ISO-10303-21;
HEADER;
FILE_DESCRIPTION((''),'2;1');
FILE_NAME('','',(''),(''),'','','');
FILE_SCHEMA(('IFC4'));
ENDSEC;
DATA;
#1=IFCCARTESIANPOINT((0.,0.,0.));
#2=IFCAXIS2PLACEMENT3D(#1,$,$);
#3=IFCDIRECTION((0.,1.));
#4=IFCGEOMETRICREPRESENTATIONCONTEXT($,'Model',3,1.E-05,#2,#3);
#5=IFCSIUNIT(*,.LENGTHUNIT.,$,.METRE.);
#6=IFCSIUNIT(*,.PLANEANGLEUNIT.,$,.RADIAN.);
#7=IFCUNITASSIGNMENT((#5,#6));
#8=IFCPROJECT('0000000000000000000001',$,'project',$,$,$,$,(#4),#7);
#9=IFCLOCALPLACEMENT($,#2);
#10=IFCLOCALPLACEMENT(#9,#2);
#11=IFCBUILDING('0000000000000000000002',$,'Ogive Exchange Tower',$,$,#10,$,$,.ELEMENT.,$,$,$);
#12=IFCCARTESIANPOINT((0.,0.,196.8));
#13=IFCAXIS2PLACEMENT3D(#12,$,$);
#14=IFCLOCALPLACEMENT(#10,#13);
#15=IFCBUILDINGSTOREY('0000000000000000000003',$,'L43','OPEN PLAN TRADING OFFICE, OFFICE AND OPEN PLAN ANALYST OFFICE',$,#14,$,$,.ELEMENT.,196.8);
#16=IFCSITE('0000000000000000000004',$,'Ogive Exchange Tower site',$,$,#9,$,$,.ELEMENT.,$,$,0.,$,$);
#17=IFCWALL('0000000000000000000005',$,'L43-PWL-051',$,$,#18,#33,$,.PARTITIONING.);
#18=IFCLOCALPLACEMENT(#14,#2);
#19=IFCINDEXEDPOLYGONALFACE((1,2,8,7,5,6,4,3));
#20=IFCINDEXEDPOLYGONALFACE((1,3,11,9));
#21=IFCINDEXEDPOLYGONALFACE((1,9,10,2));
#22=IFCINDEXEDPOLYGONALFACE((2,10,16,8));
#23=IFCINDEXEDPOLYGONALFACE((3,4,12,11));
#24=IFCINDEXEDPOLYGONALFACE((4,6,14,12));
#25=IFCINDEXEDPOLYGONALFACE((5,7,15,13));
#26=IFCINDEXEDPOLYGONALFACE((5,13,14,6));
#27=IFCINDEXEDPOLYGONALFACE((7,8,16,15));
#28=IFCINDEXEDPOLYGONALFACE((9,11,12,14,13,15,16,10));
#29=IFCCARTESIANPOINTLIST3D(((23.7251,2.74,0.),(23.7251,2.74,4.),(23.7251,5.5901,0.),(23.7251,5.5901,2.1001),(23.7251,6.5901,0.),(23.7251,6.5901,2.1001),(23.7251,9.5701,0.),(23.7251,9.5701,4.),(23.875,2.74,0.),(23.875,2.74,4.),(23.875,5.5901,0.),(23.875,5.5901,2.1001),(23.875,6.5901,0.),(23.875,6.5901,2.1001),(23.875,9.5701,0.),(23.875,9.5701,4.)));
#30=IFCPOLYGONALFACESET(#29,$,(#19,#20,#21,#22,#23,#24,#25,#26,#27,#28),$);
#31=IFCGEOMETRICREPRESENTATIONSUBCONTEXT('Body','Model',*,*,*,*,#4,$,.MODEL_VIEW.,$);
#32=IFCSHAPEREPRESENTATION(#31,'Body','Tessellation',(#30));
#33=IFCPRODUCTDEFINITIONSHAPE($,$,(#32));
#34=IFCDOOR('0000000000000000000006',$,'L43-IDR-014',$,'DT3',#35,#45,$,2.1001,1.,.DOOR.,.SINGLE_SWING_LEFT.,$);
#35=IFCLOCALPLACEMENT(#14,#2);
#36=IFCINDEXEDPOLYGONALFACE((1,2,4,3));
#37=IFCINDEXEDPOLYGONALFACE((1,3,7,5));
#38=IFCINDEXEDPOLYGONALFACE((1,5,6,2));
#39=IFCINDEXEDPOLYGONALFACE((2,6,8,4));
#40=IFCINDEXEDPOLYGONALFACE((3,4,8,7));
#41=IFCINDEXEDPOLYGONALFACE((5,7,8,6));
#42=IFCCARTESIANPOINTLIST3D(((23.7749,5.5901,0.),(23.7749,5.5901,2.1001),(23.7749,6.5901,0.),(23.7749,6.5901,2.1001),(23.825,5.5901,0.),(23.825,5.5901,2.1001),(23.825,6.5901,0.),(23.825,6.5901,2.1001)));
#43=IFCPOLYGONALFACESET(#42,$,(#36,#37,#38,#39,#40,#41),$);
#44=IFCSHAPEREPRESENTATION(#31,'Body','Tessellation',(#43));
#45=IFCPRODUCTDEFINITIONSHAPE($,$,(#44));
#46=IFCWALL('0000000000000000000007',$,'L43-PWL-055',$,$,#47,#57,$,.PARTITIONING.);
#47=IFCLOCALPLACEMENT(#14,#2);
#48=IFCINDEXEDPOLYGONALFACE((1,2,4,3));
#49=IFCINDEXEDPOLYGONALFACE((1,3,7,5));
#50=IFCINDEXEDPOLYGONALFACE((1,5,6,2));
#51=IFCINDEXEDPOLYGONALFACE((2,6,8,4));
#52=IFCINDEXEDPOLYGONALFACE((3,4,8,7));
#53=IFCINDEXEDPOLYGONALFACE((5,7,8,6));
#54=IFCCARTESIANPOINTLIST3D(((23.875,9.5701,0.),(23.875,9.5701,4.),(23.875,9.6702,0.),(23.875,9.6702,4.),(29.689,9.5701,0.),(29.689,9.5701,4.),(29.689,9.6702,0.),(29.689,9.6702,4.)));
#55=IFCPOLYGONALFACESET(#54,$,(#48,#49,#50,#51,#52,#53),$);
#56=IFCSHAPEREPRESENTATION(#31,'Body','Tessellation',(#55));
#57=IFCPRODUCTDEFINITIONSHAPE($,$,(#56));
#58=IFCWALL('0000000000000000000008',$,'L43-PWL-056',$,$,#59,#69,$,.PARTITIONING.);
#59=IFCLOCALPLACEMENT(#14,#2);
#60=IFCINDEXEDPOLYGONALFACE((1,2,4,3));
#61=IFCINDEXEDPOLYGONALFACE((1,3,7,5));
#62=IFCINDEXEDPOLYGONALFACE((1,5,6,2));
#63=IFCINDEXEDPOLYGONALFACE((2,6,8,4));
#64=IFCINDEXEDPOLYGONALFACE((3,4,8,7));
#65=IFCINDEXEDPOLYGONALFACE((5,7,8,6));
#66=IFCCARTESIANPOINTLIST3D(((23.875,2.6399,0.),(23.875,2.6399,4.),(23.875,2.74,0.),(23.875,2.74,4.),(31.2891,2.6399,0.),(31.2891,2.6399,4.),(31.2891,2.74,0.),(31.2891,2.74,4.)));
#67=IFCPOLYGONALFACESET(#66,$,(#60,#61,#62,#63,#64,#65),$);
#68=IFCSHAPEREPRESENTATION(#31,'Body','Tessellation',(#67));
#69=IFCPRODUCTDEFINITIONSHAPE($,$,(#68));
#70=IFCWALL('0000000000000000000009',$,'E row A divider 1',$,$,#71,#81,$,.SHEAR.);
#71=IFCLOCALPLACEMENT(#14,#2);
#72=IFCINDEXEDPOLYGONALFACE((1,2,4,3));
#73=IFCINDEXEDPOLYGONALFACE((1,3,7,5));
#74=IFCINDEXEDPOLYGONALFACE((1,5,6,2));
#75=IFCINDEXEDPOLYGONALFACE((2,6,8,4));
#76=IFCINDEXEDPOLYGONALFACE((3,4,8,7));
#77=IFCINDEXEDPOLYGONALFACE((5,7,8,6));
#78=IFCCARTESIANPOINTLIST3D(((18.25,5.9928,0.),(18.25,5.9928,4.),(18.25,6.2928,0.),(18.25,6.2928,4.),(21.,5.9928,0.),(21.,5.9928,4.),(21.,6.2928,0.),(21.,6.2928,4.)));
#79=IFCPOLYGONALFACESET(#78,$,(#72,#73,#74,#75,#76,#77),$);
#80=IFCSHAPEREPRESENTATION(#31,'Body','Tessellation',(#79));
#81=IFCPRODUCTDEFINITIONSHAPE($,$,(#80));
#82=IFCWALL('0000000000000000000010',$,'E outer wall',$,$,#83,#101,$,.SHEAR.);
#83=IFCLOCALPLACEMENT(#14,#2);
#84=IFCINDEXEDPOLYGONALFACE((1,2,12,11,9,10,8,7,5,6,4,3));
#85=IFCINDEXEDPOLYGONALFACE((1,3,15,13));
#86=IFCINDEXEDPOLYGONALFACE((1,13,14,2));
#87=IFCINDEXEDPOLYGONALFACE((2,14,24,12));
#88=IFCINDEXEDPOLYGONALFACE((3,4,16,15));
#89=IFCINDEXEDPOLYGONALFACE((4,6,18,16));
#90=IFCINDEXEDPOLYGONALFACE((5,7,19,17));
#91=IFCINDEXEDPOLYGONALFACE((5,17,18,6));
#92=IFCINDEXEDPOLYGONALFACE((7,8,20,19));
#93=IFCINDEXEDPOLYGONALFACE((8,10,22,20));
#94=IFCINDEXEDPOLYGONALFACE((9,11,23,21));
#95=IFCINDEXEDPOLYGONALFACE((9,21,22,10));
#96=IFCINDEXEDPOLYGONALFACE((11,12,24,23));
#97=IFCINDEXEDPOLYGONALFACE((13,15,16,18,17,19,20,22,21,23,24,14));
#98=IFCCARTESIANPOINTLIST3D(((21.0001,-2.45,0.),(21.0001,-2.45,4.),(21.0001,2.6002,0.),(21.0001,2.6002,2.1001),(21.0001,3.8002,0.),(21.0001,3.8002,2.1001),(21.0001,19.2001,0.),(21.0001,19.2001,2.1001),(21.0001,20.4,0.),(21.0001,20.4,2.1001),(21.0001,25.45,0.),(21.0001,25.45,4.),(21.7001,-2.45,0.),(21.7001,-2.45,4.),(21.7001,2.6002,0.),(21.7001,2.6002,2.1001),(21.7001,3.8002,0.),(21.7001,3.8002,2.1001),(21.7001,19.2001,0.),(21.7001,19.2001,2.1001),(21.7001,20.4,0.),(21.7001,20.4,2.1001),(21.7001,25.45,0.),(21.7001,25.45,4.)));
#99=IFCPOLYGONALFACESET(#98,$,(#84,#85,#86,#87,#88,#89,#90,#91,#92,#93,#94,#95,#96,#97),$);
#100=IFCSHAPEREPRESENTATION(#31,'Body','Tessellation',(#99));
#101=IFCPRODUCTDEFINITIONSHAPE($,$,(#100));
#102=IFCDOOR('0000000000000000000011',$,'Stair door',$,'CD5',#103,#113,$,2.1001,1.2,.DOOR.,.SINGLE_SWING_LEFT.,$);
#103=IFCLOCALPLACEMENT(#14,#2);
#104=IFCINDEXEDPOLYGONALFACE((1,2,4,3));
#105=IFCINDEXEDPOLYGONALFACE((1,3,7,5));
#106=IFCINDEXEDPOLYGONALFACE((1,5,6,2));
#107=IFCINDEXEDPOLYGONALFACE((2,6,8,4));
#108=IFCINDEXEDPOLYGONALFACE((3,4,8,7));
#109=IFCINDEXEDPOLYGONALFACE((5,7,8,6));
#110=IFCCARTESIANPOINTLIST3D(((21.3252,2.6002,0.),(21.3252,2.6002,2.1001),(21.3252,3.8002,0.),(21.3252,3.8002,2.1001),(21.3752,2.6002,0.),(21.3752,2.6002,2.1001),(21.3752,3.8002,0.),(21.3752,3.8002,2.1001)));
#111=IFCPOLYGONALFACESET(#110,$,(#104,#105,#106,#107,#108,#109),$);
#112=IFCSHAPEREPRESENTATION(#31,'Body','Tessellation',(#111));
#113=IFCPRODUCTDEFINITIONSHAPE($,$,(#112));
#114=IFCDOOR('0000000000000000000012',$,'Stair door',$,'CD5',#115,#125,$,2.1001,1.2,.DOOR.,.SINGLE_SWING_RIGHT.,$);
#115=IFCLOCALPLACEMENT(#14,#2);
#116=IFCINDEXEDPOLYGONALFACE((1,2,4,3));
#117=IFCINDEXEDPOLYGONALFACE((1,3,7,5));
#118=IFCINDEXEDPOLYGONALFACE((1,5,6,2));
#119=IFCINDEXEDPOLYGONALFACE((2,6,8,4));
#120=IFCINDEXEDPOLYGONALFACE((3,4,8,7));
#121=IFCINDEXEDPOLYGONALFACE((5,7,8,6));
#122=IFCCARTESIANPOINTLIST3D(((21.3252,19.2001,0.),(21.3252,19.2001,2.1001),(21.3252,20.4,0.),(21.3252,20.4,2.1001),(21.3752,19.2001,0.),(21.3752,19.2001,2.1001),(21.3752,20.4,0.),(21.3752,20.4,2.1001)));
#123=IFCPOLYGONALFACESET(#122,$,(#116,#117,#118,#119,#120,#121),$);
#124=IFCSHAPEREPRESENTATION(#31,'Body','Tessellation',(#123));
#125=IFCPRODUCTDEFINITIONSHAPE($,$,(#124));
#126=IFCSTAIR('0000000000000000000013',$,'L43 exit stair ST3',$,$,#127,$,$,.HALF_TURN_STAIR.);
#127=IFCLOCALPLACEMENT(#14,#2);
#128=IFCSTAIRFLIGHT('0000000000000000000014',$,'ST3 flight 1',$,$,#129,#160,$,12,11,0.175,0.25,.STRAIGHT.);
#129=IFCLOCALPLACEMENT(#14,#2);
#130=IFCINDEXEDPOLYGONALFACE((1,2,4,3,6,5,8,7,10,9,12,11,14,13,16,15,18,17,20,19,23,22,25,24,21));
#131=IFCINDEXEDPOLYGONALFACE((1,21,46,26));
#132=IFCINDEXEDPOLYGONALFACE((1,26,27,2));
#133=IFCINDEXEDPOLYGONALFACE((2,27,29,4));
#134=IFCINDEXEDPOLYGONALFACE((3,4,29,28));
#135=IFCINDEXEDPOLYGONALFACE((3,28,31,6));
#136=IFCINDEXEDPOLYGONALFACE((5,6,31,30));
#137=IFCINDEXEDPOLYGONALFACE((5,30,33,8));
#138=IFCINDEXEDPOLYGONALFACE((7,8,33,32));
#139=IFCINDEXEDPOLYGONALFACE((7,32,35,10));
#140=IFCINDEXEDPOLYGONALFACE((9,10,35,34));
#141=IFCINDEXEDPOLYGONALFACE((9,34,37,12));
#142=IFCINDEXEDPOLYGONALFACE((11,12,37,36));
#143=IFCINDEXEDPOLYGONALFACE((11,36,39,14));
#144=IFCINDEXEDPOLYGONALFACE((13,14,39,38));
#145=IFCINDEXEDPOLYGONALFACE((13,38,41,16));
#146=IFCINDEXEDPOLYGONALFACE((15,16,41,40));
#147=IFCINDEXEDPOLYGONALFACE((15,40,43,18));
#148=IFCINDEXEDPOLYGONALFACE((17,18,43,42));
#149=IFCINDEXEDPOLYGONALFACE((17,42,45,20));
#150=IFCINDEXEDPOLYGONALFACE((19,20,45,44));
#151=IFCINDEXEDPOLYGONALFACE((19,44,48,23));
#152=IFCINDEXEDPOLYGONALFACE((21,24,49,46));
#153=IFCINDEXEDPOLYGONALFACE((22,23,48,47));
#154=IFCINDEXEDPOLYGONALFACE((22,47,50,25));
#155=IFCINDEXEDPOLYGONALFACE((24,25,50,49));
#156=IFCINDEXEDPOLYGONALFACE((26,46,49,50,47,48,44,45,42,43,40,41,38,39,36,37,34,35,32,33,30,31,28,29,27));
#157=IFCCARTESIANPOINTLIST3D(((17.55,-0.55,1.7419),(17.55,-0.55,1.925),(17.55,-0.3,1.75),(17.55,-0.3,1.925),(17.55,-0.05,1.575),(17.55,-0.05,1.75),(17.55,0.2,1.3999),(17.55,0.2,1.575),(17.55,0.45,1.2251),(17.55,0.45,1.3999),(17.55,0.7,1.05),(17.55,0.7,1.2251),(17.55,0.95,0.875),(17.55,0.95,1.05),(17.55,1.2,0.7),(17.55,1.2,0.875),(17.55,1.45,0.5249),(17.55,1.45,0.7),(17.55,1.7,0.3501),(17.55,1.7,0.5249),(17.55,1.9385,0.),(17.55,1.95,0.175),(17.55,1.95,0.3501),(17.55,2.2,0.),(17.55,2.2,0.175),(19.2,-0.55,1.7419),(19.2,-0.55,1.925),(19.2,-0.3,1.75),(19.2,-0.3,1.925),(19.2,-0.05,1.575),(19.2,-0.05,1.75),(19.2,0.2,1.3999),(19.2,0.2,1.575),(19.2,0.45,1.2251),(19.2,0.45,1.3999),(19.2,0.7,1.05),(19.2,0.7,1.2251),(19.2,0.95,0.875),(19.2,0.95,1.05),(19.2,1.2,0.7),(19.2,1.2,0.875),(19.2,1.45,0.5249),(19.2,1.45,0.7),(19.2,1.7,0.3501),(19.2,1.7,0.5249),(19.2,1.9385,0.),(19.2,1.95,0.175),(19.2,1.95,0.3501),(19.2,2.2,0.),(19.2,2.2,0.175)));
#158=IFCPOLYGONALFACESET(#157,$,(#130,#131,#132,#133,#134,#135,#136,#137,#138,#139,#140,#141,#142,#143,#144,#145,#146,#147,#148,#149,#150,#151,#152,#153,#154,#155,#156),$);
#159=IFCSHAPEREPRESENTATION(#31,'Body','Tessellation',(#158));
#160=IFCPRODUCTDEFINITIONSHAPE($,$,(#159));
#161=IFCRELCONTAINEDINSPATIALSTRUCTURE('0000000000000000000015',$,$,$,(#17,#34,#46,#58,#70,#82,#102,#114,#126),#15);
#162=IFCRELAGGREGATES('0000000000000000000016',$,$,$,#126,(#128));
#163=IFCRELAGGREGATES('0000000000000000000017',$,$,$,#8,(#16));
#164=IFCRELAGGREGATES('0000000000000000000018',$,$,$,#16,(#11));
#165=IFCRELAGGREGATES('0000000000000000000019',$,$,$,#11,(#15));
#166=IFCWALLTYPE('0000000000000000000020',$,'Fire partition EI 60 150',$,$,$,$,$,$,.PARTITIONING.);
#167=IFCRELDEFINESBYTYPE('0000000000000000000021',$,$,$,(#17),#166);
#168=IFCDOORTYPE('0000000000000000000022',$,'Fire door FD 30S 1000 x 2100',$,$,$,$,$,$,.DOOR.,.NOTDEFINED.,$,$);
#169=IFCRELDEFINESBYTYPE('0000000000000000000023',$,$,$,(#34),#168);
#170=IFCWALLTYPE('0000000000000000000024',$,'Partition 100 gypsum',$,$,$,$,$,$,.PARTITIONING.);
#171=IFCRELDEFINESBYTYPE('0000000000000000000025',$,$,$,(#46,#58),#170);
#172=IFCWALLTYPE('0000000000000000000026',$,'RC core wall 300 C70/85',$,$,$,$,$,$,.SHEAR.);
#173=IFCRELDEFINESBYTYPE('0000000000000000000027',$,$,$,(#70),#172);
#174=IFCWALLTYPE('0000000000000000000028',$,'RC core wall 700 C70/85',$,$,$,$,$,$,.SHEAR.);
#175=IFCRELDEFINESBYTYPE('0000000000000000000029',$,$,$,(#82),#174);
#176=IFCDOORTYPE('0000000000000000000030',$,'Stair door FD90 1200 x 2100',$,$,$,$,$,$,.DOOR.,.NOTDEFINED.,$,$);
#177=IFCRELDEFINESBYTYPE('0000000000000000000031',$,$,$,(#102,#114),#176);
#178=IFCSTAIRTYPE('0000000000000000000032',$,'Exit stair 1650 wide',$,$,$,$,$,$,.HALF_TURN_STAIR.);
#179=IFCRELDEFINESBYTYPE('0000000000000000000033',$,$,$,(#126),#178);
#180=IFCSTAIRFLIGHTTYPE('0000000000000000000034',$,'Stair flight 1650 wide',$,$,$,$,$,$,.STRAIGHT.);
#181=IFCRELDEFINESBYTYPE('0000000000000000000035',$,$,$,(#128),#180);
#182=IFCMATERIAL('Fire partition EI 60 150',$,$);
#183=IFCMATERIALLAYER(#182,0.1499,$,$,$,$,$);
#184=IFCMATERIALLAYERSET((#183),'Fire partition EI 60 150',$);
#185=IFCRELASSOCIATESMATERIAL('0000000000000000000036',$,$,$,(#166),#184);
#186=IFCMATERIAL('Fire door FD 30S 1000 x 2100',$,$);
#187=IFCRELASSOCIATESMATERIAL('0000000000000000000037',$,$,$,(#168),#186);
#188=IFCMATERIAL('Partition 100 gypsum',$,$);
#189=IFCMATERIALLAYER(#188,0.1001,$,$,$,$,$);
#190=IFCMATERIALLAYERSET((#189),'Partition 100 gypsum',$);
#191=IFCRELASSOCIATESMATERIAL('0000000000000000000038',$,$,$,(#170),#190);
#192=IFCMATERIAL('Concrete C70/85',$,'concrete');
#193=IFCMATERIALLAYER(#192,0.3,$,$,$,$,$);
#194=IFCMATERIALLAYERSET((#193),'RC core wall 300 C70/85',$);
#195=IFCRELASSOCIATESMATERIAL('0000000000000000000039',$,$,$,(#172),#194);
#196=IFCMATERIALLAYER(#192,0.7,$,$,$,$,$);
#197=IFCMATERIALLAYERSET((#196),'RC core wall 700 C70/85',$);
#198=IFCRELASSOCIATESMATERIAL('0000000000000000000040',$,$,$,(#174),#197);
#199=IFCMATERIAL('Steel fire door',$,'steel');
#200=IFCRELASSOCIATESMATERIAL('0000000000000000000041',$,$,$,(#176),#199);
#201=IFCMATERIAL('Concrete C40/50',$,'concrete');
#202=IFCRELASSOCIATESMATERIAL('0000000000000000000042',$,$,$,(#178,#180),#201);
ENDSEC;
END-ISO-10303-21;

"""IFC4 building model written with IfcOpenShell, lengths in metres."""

from ifc_helpers import new_model, si_unit, direction, frame, frame_2d, origin, place, context, subcontext, project, spatial, polyline, rectangle, outline, extrude, material, layer, layer_set, type_object, element, fill, aggregate, save


model = new_model("IFC4")

# Units and contexts
model_context = context("Model", 3, precision=1e-05, world=origin(), true_north=direction((0.0, 1.0)))
body_context = subcontext(model_context, "Body", "Model", "MODEL_VIEW")
ifc_project = project(units=[si_unit("LENGTHUNIT", "METRE"), si_unit("PLANEANGLEUNIT", "RADIAN")], contexts=[model_context])

# Site, building, storey
site_placement = place(None, origin())
site = spatial("IfcSite", under=ifc_project, at=site_placement, Name="Ogive Exchange Tower site", CompositionType="ELEMENT", RefElevation=0.0)
building_placement = place(site_placement, origin())
building = spatial("IfcBuilding", under=site, at=building_placement, Name="Ogive Exchange Tower", CompositionType="ELEMENT")
storey_placement = place(building_placement, frame((0.0, 0.0, 196.8)))
storey = spatial("IfcBuildingStorey", under=building, at=storey_placement, Name="L43", Description="OPEN PLAN TRADING OFFICE, OFFICE AND OPEN PLAN ANALYST OFFICE", CompositionType="ELEMENT", Elevation=196.8)

# Wall, opening, door
ifc_material_1 = material(Name="Fire partition EI 60 150")
ifc_layer_1 = layer(ifc_material_1, 0.1499)
ifc_layer_set_1 = layer_set([ifc_layer_1], Name="Fire partition EI 60 150")
wall_type_1 = type_object("IfcWallType", Name="Fire partition EI 60 150", PredefinedType="PARTITIONING", material=ifc_layer_set_1)
ifc_material_2 = material(Name="Fire door FD 30S 1000 x 2100")
door_type_1 = type_object("IfcDoorType", Name="Fire door FD 30S 1000 x 2100", OperationType="NOTDEFINED", PredefinedType="DOOR", material=ifc_material_2)
wall_1_placement = place(storey_placement, frame((23.8, 9.5701, 0.0), z_axis=(0.0, 0.0, 1.0), x_axis=(0.0, -1.0, 0.0)))
wall_1 = element("IfcWall", 1, at=wall_1_placement, inside=storey, type_object=wall_type_1, Name="L43-PWL-051", PredefinedType="PARTITIONING", context=body_context, shape_type="SweptSolid", body=[
    extrude(rectangle(XDim=6.8301, YDim=0.1499, at=frame_2d((3.415, 0.0))), origin(), (0.0, 0.0, 1.0), 4.0),
])
opening_1_placement = place(wall_1_placement, frame((2.98, 0.0, 0.0)))
opening_1 = element("IfcOpeningElement", 2, at=opening_1_placement, cuts=wall_1, PredefinedType="OPENING", context=body_context, shape_type="SweptSolid", body=[
    extrude(rectangle(XDim=1.0, YDim=2.1001, at=frame_2d((0.5, 1.05))), frame((0.0, 0.085, 0.0), z_axis=(0.0, -1.0, 0.0), x_axis=(1.0, 0.0, 0.0)), (0.0, 0.0, 1.0), 0.1699),
])
door_1_placement = place(opening_1_placement, origin())
door_1 = element("IfcDoor", 3, at=door_1_placement, inside=storey, type_object=door_type_1, Name="L43-IDR-014", ObjectType="DT3", OperationType="SINGLE_SWING_LEFT", OverallHeight=2.1001, OverallWidth=1.0, PredefinedType="DOOR", context=body_context, shape_type="SweptSolid", body=[
    extrude(rectangle(XDim=1.0, YDim=2.1001, at=frame_2d((0.5, 1.05))), frame((0.0, 0.0249, 0.0), z_axis=(0.0, -1.0, 0.0), x_axis=(1.0, 0.0, 0.0)), (0.0, 0.0, 1.0), 0.05),
])
fill(opening_1, door_1)

# Walls
ifc_material_3 = material(Name="Partition 100 gypsum")
ifc_layer_2 = layer(ifc_material_3, 0.1001)
ifc_layer_set_2 = layer_set([ifc_layer_2], Name="Partition 100 gypsum")
wall_type_2 = type_object("IfcWallType", Name="Partition 100 gypsum", PredefinedType="PARTITIONING", material=ifc_layer_set_2)
wall_2_placement = place(storey_placement, frame((29.689, 9.6201, 0.0), z_axis=(0.0, 0.0, 1.0), x_axis=(-1.0, 0.0, 0.0)))
element("IfcWall", 4, at=wall_2_placement, inside=storey, type_object=wall_type_2, Name="L43-PWL-055", PredefinedType="PARTITIONING", context=body_context, shape_type="SweptSolid", body=[
    extrude(rectangle(XDim=5.814, YDim=0.1001, at=frame_2d((2.907, 0.0))), origin(), (0.0, 0.0, 1.0), 4.0),
])
wall_3_placement = place(storey_placement, frame((31.2891, 2.6899, 0.0), z_axis=(0.0, 0.0, 1.0), x_axis=(-1.0, 0.0, 0.0)))
element("IfcWall", 5, at=wall_3_placement, inside=storey, type_object=wall_type_2, Name="L43-PWL-056", PredefinedType="PARTITIONING", context=body_context, shape_type="SweptSolid", body=[
    extrude(rectangle(XDim=7.4141, YDim=0.1001, at=frame_2d((3.707, 0.0))), origin(), (0.0, 0.0, 1.0), 4.0),
])
ifc_material_4 = material(Name="Concrete C70/85", Category="concrete")
ifc_layer_3 = layer(ifc_material_4, 0.3)
ifc_layer_set_3 = layer_set([ifc_layer_3], Name="RC core wall 300 C70/85")
wall_type_3 = type_object("IfcWallType", Name="RC core wall 300 C70/85", PredefinedType="SHEAR", material=ifc_layer_set_3)
wall_4_placement = place(storey_placement, frame((18.25, 6.1428, 0.0), z_axis=(0.0, 0.0, 1.0), x_axis=(1.0, 0.0, 0.0)))
element("IfcWall", 6, at=wall_4_placement, inside=storey, type_object=wall_type_3, Name="E row A divider 1", PredefinedType="SHEAR", context=body_context, shape_type="SweptSolid", body=[
    extrude(rectangle(XDim=2.75, YDim=0.3, at=frame_2d((1.375, 0.0))), origin(), (0.0, 0.0, 1.0), 4.0),
])

# Wall, openings, doors
ifc_layer_4 = layer(ifc_material_4, 0.7)
ifc_layer_set_4 = layer_set([ifc_layer_4], Name="RC core wall 700 C70/85")
wall_type_4 = type_object("IfcWallType", Name="RC core wall 700 C70/85", PredefinedType="SHEAR", material=ifc_layer_set_4)
wall_5_placement = place(storey_placement, frame((21.3501, -2.45, 0.0), z_axis=(0.0, 0.0, 1.0), x_axis=(0.0, 1.0, 0.0)))
wall_5 = element("IfcWall", 7, at=wall_5_placement, inside=storey, type_object=wall_type_4, Name="E outer wall", PredefinedType="SHEAR", context=body_context, shape_type="SweptSolid", body=[
    extrude(rectangle(XDim=27.8999, YDim=0.7, at=frame_2d((13.95, 0.0))), origin(), (0.0, 0.0, 1.0), 4.0),
])
opening_2_placement = place(wall_5_placement, frame((5.05, 0.0, 0.0)))
opening_2 = element("IfcOpeningElement", 8, at=opening_2_placement, cuts=wall_5, PredefinedType="OPENING", context=body_context, shape_type="SweptSolid", body=[
    extrude(rectangle(XDim=1.2, YDim=2.1001, at=frame_2d((0.6001, 1.05))), frame((0.0, 0.3599, 0.0), z_axis=(0.0, -1.0, 0.0), x_axis=(1.0, 0.0, 0.0)), (0.0, 0.0, 1.0), 0.72),
])
opening_3_placement = place(wall_5_placement, frame((21.6499, 0.0, 0.0)))
opening_3 = element("IfcOpeningElement", 9, at=opening_3_placement, cuts=wall_5, PredefinedType="OPENING", context=body_context, shape_type="SweptSolid", body=[
    extrude(rectangle(XDim=1.2, YDim=2.1001, at=frame_2d((0.6001, 1.05))), frame((0.0, 0.3599, 0.0), z_axis=(0.0, -1.0, 0.0), x_axis=(1.0, 0.0, 0.0)), (0.0, 0.0, 1.0), 0.72),
])
ifc_material_5 = material(Name="Steel fire door", Category="steel")
door_type_2 = type_object("IfcDoorType", Name="Stair door FD90 1200 x 2100", OperationType="NOTDEFINED", PredefinedType="DOOR", material=ifc_material_5)
door_2_placement = place(opening_2_placement, origin())
door_2 = element("IfcDoor", 10, at=door_2_placement, inside=storey, type_object=door_type_2, Name="Stair door", ObjectType="CD5", OperationType="SINGLE_SWING_LEFT", OverallHeight=2.1001, OverallWidth=1.2, PredefinedType="DOOR", context=body_context, shape_type="SweptSolid", body=[
    extrude(rectangle(XDim=1.2, YDim=2.1001, at=frame_2d((0.6001, 1.05))), frame((0.0, 0.0249, 0.0), z_axis=(0.0, -1.0, 0.0), x_axis=(1.0, 0.0, 0.0)), (0.0, 0.0, 1.0), 0.05),
])
fill(opening_2, door_2)
door_3_placement = place(opening_3_placement, origin())
door_3 = element("IfcDoor", 11, at=door_3_placement, inside=storey, type_object=door_type_2, Name="Stair door", ObjectType="CD5", OperationType="SINGLE_SWING_RIGHT", OverallHeight=2.1001, OverallWidth=1.2, PredefinedType="DOOR", context=body_context, shape_type="SweptSolid", body=[
    extrude(rectangle(XDim=1.2, YDim=2.1001, at=frame_2d((0.6001, 1.05))), frame((0.0, 0.0249, 0.0), z_axis=(0.0, -1.0, 0.0), x_axis=(1.0, 0.0, 0.0)), (0.0, 0.0, 1.0), 0.05),
])
fill(opening_3, door_3)

# Stair, stair flight
ifc_material_6 = material(Name="Concrete C40/50", Category="concrete")
stair_type = type_object("IfcStairType", Name="Exit stair 1650 wide", PredefinedType="HALF_TURN_STAIR", material=ifc_material_6)
stair_placement = place(storey_placement, origin())
stair = element("IfcStair", 12, at=stair_placement, inside=storey, type_object=stair_type, Name="L43 exit stair ST3", PredefinedType="HALF_TURN_STAIR")
stair_flight_type = type_object("IfcStairFlightType", Name="Stair flight 1650 wide", PredefinedType="STRAIGHT", material=ifc_material_6)
stair_flight_1_placement = place(storey_placement, frame((18.375, 2.2, 0.0), z_axis=(0.0, 0.0, 1.0), x_axis=(0.0, -1.0, 0.0)))
stair_flight_1 = element("IfcStairFlight", 13, at=stair_flight_1_placement, type_object=stair_flight_type, Name="ST3 flight 1", NumberOfRisers=12, NumberOfTreads=11, PredefinedType="STRAIGHT", RiserHeight=0.175, TreadLength=0.25, context=body_context, shape_type="SweptSolid", body=[
    extrude(outline(polyline([(0.0, 0.0), (0.0, 0.175), (0.25, 0.175), (0.25, 0.3501), (0.5, 0.3501), (0.5, 0.5249), (0.75, 0.5249), (0.75, 0.7), (1.0, 0.7), (1.0, 0.875), (1.25, 0.875), (1.25, 1.05), (1.5, 1.05), (1.5, 1.2251), (1.75, 1.2251), (1.75, 1.3999), (2.0, 1.3999), (2.0, 1.575), (2.25, 1.575), (2.25, 1.75), (2.5, 1.75), (2.5, 1.925), (2.75, 1.925), (2.75, 2.1001), (2.75, 1.7419), (0.2615, 0.0), (0.0, 0.0)])), frame((0.0, 0.825, 0.0), z_axis=(0.0, -1.0, 0.0), x_axis=(1.0, 0.0, 0.0)), (0.0, 0.0, 1.0), 1.6499),
])
aggregate(stair, [stair_flight_1])

save(model, "model.ifc")
